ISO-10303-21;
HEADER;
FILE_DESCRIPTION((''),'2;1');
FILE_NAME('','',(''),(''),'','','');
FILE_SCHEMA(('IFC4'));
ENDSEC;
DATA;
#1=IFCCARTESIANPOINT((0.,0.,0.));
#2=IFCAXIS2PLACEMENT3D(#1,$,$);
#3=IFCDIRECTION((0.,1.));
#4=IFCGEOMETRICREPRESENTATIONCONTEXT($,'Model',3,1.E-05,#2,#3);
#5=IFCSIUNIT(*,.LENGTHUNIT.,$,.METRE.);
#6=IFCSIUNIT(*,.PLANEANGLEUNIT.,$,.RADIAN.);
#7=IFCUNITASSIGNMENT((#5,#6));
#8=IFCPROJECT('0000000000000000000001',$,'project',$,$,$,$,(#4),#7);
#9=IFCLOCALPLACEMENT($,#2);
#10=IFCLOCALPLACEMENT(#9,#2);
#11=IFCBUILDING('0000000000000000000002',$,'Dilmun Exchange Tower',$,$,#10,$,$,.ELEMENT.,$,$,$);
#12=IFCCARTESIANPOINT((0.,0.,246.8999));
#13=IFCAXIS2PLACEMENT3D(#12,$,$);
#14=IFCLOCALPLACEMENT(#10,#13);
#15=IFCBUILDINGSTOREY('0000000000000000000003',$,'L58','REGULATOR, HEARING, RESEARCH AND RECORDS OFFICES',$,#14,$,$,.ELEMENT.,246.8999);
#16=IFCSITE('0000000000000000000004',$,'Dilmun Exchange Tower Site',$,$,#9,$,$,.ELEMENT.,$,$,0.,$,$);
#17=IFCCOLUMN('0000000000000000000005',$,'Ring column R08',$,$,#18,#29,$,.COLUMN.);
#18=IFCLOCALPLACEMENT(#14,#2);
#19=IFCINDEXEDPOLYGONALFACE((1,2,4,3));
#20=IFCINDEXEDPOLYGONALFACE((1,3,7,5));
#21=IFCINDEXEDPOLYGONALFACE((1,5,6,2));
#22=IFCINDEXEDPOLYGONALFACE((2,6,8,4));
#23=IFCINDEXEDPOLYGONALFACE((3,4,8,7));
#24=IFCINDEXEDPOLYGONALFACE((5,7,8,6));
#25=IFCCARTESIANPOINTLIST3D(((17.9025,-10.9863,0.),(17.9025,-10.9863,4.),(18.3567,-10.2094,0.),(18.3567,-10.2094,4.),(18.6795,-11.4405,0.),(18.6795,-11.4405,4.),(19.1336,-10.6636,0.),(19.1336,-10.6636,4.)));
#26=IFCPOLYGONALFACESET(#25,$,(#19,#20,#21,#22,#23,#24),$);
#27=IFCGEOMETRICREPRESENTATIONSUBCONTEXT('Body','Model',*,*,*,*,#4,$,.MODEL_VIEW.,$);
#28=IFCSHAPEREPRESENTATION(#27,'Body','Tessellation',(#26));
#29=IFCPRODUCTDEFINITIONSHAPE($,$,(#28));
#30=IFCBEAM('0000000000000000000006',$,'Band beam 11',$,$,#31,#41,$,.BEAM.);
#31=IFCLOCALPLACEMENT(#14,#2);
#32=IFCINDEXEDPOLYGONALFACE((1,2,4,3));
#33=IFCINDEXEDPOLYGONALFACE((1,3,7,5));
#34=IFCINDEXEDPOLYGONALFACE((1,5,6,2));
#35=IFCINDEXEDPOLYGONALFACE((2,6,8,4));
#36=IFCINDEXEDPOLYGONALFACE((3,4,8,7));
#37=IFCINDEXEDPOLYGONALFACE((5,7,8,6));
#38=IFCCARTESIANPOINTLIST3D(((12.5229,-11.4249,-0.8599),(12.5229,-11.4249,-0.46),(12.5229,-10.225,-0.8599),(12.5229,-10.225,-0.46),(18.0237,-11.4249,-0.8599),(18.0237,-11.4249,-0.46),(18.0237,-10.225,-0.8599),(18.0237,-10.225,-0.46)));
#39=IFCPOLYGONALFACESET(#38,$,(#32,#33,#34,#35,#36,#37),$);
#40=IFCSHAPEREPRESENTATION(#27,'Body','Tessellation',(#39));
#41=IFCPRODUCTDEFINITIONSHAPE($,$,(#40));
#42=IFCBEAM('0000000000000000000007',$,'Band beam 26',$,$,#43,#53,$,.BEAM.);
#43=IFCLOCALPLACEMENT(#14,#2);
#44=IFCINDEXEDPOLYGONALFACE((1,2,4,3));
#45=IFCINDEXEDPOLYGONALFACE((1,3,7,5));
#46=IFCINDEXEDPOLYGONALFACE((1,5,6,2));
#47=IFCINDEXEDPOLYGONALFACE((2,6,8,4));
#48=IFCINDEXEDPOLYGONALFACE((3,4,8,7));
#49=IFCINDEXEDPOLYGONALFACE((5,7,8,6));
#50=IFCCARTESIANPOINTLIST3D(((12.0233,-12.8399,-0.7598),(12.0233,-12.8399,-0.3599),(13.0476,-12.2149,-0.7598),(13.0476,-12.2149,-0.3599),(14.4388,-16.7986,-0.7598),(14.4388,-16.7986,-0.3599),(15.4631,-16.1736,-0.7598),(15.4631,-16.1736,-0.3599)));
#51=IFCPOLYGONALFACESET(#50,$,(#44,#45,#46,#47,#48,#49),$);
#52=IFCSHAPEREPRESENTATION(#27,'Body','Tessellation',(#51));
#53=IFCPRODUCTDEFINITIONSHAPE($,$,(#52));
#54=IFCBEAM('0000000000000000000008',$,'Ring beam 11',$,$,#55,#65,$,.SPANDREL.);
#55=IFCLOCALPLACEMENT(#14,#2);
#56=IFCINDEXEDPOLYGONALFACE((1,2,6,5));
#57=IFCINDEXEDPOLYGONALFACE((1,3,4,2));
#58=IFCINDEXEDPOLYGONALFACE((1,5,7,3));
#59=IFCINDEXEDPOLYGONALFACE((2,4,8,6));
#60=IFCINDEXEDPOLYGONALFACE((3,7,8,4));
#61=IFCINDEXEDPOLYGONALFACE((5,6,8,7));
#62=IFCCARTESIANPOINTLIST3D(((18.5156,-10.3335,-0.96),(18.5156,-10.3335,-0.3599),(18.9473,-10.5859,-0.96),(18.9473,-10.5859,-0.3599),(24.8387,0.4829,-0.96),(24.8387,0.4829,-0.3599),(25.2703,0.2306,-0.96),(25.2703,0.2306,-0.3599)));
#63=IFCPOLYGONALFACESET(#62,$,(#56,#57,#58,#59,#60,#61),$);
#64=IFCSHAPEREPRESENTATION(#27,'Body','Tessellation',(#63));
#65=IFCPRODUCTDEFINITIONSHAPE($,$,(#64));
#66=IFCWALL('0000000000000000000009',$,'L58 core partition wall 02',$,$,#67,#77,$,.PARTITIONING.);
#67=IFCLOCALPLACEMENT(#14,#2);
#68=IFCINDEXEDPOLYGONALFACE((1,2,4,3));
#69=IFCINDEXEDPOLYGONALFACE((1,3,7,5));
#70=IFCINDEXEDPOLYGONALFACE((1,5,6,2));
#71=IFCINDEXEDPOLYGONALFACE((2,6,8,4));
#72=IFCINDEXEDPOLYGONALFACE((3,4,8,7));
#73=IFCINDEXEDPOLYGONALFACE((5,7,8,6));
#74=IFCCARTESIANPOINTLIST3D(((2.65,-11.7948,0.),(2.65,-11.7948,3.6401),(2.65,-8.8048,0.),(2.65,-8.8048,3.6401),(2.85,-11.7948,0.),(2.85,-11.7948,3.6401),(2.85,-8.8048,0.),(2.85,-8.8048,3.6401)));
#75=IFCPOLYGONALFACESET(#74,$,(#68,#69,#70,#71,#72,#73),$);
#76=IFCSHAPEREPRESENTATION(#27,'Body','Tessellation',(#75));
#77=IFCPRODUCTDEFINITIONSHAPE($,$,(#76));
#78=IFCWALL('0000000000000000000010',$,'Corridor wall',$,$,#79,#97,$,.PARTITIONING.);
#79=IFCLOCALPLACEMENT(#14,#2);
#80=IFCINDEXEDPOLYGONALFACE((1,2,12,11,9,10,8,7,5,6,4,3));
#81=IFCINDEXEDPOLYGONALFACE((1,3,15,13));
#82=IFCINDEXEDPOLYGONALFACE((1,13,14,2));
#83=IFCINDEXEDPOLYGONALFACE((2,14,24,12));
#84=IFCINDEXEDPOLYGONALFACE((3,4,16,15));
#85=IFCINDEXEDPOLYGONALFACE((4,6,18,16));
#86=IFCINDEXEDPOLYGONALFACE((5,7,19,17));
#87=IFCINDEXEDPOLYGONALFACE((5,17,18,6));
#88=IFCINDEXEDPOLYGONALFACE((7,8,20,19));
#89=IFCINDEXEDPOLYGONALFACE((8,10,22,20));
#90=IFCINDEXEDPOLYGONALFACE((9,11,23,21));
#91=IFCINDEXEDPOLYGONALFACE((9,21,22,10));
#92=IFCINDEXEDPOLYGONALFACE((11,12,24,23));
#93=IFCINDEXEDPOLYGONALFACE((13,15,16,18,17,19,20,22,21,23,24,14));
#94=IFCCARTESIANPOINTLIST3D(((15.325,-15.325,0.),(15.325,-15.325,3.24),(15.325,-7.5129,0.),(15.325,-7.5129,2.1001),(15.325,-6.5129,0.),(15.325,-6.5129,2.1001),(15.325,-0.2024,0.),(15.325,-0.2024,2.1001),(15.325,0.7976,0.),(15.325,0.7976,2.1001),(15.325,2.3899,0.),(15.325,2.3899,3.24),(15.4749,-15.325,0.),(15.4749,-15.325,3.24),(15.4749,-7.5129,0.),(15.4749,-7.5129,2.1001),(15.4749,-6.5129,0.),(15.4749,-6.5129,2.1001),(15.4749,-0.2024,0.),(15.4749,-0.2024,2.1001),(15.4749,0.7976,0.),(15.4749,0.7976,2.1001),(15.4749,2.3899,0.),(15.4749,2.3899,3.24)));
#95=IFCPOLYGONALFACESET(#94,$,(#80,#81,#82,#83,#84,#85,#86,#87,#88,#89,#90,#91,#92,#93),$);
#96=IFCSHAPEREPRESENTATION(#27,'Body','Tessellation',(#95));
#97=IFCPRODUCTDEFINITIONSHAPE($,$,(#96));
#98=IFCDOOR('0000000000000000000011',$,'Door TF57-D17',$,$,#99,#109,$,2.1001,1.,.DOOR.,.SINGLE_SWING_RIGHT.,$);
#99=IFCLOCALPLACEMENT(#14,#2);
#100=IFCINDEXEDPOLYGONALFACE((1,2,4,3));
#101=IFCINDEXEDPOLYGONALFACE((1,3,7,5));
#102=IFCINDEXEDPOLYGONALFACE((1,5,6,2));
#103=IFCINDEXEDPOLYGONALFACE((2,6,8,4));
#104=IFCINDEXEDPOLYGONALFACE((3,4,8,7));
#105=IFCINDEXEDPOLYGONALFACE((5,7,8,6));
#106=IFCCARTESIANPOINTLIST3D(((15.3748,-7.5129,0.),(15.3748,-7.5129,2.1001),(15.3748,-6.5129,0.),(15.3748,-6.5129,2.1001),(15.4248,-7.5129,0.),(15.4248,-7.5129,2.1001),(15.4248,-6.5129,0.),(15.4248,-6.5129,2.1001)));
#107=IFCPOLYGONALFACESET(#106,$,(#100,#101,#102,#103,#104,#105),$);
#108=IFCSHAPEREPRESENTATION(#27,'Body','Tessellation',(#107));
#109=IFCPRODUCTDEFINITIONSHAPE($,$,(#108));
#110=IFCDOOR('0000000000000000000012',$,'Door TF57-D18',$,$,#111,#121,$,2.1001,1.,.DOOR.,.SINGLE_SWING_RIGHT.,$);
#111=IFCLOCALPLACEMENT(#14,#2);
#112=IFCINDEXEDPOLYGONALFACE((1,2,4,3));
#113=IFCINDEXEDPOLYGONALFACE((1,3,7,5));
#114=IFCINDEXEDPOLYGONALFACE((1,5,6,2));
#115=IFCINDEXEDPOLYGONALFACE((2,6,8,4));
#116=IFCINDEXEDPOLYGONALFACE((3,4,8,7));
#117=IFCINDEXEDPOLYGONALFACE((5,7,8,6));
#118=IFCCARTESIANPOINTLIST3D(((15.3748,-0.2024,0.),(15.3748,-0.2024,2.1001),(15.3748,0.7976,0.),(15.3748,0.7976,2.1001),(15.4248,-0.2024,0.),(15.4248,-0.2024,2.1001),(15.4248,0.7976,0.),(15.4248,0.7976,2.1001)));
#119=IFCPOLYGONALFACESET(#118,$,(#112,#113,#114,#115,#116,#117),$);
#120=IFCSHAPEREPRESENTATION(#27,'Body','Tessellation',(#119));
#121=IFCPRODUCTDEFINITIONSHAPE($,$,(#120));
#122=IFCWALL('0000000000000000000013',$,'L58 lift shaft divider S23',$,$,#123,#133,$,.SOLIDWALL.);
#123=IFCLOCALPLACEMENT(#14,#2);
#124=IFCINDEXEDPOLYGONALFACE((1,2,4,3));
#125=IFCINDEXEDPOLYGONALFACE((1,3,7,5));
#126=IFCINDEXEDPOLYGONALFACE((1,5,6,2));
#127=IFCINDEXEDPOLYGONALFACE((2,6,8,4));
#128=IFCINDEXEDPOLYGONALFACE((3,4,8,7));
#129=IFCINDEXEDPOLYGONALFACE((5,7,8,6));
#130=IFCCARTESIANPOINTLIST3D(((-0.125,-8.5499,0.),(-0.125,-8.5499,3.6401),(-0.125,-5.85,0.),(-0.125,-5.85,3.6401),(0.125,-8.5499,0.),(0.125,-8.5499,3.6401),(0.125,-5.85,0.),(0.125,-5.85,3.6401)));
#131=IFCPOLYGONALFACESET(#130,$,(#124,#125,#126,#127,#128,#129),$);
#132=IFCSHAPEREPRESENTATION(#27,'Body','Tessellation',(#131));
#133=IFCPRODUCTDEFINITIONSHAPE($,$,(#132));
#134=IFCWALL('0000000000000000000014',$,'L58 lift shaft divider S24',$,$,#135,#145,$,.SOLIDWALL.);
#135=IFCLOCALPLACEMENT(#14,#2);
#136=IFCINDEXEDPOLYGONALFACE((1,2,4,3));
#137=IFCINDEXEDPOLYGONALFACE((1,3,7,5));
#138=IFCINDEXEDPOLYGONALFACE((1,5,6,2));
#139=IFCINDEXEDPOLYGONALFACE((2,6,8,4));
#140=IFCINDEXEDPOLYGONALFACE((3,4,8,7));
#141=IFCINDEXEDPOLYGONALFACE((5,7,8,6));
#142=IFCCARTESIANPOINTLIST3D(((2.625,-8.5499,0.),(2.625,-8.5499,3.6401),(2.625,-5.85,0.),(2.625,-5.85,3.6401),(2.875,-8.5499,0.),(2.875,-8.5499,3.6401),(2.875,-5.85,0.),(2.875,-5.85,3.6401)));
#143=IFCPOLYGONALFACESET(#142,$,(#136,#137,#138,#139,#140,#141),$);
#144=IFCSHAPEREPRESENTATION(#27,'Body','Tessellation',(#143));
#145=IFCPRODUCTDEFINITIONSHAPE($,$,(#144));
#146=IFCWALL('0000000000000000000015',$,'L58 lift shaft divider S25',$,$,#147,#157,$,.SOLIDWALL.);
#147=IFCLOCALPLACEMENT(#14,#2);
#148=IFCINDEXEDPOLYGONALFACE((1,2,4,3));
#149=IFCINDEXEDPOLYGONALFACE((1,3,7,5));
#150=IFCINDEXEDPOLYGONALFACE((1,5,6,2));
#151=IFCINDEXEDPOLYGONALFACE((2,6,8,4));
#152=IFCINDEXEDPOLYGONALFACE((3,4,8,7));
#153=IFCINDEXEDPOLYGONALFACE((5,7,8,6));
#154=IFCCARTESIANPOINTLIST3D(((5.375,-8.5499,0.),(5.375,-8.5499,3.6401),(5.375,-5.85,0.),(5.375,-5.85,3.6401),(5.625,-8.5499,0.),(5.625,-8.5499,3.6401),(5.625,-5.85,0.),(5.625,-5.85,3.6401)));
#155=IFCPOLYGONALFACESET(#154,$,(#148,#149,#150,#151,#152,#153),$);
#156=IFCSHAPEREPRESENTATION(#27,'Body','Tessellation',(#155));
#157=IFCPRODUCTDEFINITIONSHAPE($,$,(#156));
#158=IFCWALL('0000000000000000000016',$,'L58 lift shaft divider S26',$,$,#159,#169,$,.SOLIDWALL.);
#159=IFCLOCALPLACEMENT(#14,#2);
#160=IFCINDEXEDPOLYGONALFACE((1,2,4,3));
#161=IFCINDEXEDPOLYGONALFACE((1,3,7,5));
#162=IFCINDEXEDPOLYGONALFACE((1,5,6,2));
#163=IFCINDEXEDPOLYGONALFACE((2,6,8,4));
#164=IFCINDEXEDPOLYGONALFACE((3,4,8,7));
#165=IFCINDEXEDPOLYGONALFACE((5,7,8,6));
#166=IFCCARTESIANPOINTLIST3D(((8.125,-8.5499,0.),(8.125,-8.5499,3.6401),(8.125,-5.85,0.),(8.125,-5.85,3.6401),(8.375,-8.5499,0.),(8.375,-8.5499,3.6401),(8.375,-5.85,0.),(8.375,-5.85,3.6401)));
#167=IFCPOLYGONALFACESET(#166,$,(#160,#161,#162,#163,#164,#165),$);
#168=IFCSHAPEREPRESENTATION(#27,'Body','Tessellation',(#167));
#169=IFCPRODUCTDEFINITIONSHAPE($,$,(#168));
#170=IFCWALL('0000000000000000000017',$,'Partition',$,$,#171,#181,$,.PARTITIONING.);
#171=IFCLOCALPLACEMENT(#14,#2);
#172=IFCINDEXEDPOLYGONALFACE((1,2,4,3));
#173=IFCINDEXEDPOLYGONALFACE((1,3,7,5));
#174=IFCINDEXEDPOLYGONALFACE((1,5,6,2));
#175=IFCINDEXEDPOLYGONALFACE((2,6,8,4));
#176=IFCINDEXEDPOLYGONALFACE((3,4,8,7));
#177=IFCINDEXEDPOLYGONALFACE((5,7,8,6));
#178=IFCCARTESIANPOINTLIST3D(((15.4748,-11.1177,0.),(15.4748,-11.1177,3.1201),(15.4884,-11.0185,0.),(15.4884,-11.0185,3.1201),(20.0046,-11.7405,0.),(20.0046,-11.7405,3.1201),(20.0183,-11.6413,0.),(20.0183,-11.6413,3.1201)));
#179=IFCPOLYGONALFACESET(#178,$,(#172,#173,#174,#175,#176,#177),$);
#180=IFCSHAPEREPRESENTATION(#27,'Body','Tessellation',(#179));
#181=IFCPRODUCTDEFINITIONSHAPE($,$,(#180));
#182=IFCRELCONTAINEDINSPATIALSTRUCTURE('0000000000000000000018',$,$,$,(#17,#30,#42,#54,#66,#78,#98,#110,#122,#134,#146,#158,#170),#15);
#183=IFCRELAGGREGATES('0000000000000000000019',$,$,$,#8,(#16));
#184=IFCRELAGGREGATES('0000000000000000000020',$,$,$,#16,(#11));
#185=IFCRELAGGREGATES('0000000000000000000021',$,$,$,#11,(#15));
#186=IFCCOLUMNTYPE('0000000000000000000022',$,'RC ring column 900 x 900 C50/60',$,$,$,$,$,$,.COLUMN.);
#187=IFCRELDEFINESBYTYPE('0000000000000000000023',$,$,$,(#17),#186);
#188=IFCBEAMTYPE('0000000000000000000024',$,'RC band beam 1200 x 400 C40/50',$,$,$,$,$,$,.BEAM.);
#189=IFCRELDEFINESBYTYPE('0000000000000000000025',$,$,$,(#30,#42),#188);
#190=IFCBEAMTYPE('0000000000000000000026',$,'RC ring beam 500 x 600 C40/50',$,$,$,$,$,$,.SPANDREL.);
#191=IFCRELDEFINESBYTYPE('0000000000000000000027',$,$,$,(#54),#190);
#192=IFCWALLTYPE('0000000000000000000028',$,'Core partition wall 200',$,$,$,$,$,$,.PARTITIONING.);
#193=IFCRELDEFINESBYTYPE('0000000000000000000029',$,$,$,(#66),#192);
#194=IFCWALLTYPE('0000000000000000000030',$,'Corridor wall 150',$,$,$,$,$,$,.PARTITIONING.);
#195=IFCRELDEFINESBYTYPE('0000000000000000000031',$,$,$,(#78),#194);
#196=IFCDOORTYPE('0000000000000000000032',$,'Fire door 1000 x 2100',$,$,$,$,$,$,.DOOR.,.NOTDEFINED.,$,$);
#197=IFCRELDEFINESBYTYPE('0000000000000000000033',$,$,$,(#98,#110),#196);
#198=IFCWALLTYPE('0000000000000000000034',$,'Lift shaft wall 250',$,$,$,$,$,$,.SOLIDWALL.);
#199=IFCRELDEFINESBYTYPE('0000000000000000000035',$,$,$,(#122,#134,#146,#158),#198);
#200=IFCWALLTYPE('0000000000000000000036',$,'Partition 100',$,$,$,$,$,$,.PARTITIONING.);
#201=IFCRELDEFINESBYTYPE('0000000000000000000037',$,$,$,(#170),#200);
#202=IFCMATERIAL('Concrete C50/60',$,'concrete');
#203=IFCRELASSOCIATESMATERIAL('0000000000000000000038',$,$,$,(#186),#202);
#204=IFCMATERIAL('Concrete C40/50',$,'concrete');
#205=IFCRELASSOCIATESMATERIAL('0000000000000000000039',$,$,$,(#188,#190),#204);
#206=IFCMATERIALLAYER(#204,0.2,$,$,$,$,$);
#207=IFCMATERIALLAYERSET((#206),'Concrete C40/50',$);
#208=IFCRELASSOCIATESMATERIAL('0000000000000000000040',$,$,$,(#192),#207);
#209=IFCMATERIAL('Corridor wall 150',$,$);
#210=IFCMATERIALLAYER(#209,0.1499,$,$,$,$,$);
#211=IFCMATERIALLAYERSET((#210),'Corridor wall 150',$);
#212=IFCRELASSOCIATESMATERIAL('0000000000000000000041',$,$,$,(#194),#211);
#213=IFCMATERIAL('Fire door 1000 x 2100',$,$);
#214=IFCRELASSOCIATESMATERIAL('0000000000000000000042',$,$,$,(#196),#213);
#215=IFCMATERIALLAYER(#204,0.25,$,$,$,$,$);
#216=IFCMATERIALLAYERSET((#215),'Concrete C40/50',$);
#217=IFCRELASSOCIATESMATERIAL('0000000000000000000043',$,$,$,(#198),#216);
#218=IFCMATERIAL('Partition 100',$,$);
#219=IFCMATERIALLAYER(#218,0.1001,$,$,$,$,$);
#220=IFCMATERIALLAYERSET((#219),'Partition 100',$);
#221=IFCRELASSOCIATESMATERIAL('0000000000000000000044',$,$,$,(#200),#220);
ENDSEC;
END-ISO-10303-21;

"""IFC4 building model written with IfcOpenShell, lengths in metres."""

from ifc_helpers import new_model, si_unit, direction, frame, frame_2d, origin, origin_2d, place, context, subcontext, project, spatial, rectangle, extrude, material, layer, layer_set, material_profile, profile_set, type_object, element, fill, save


model = new_model("IFC4")

# Units and contexts
model_context = context("Model", 3, precision=1e-05, world=origin(), true_north=direction((0.0, 1.0)))
body_context = subcontext(model_context, "Body", "Model", "MODEL_VIEW")
ifc_project = project(units=[si_unit("LENGTHUNIT", "METRE"), si_unit("PLANEANGLEUNIT", "RADIAN")], contexts=[model_context])

# Site, building, storey
site_placement = place(None, origin())
site = spatial("IfcSite", under=ifc_project, at=site_placement, Name="Dilmun Exchange Tower Site", CompositionType="ELEMENT", RefElevation=0.0)
building_placement = place(site_placement, origin())
building = spatial("IfcBuilding", under=site, at=building_placement, Name="Dilmun Exchange Tower", CompositionType="ELEMENT")
storey_placement = place(building_placement, frame((0.0, 0.0, 246.8999)))
storey = spatial("IfcBuildingStorey", under=building, at=storey_placement, Name="L58", Description="REGULATOR, HEARING, RESEARCH AND RECORDS OFFICES", CompositionType="ELEMENT", Elevation=246.8999)

# Column
ifc_material_1 = material(Name="Concrete C50/60", Category="concrete")
ifc_material_profile_1 = material_profile(ifc_material_1, rectangle(XDim=0.8999, YDim=0.8999, at=origin_2d()), Name="900 x 900")
ifc_profile_set_1 = profile_set([ifc_material_profile_1], Name="Concrete C50/60")
column_type = type_object("IfcColumnType", Name="RC ring column 900 x 900 C50/60", PredefinedType="COLUMN", material=ifc_profile_set_1)
column_placement = place(storey_placement, frame((18.5181, -10.825, 0.0), z_axis=(0.0, 0.0, 1.0), x_axis=(0.504644, 0.863328, 0.0)))
element("IfcColumn", 1, at=column_placement, inside=storey, type_object=column_type, Name="Ring column R08", PredefinedType="COLUMN", context=body_context, shape_type="SweptSolid", body=[
    extrude(rectangle(XDim=0.8999, YDim=0.8999, at=origin_2d()), origin(), (0.0, 0.0, 1.0), 4.0),
])

# Beams
ifc_material_2 = material(Name="Concrete C40/50", Category="concrete")
ifc_material_profile_2 = material_profile(ifc_material_2, rectangle(XDim=1.2, YDim=0.3999, at=origin_2d()), Name="1200 x 400")
ifc_profile_set_2 = profile_set([ifc_material_profile_2], Name="Concrete C40/50")
beam_type_1 = type_object("IfcBeamType", Name="RC band beam 1200 x 400 C40/50", PredefinedType="BEAM", material=ifc_profile_set_2)
beam_1_placement = place(storey_placement, frame((18.0237, -10.825, -0.6599), z_axis=(-1.0, 0.0, 0.0), x_axis=(0.0, -1.0, 0.0)))
element("IfcBeam", 2, at=beam_1_placement, inside=storey, type_object=beam_type_1, Name="Band beam 11", PredefinedType="BEAM", context=body_context, shape_type="SweptSolid", body=[
    extrude(rectangle(XDim=1.2, YDim=0.3999, at=origin_2d()), origin(), (0.0, 0.0, 1.0), 5.5007),
])
beam_2_placement = place(storey_placement, frame((14.9509, -16.4861, -0.5598), z_axis=(-0.520869, 0.853637, 0.0), x_axis=(-0.853637, -0.520869, 0.0)))
element("IfcBeam", 3, at=beam_2_placement, inside=storey, type_object=beam_type_1, Name="Band beam 26", PredefinedType="BEAM", context=body_context, shape_type="SweptSolid", body=[
    extrude(rectangle(XDim=1.2, YDim=0.3999, at=origin_2d()), origin(), (0.0, 0.0, 1.0), 4.6375),
])
ifc_material_profile_3 = material_profile(ifc_material_2, rectangle(XDim=0.5, YDim=0.6001, at=origin_2d()), Name="500 x 600")
ifc_profile_set_3 = profile_set([ifc_material_profile_3], Name="Concrete C40/50")
beam_type_2 = type_object("IfcBeamType", Name="RC ring beam 500 x 600 C40/50", PredefinedType="SPANDREL", material=ifc_profile_set_3)
beam_3_placement = place(storey_placement, frame((18.7314, -10.4597, -0.6599), z_axis=(0.50467, 0.863312, 0.0), x_axis=(-0.863312, 0.50467, 0.0)))
element("IfcBeam", 4, at=beam_3_placement, inside=storey, type_object=beam_type_2, Name="Ring beam 11", PredefinedType="SPANDREL", context=body_context, shape_type="SweptSolid", body=[
    extrude(rectangle(XDim=0.5, YDim=0.6001, at=origin_2d()), origin(), (0.0, 0.0, 1.0), 12.5291),
])

# Wall
ifc_layer_1 = layer(ifc_material_2, 0.2)
ifc_layer_set_1 = layer_set([ifc_layer_1], Name="Concrete C40/50")
wall_type_1 = type_object("IfcWallType", Name="Core partition wall 200", PredefinedType="PARTITIONING", material=ifc_layer_set_1)
wall_1_placement = place(storey_placement, frame((2.75, -11.7949, 0.0), z_axis=(0.0, 0.0, 1.0), x_axis=(0.0, 1.0, 0.0)))
element("IfcWall", 5, at=wall_1_placement, inside=storey, type_object=wall_type_1, Name="L58 core partition wall 02", PredefinedType="PARTITIONING", context=body_context, shape_type="SweptSolid", body=[
    extrude(rectangle(XDim=2.99, YDim=0.2, at=frame_2d((1.4951, 0.0))), origin(), (0.0, 0.0, 1.0), 3.6401),
])

# Wall, openings, doors
ifc_material_3 = material(Name="Corridor wall 150")
ifc_layer_2 = layer(ifc_material_3, 0.1499)
ifc_layer_set_2 = layer_set([ifc_layer_2], Name="Corridor wall 150")
wall_type_2 = type_object("IfcWallType", Name="Corridor wall 150", PredefinedType="PARTITIONING", material=ifc_layer_set_2)
wall_2_placement = place(storey_placement, frame((15.3999, -15.325, 0.0), z_axis=(0.0, 0.0, 1.0), x_axis=(0.0, 1.0, 0.0)))
wall_2 = element("IfcWall", 6, at=wall_2_placement, inside=storey, type_object=wall_type_2, Name="Corridor wall", PredefinedType="PARTITIONING", context=body_context, shape_type="SweptSolid", body=[
    extrude(rectangle(XDim=17.7148, YDim=0.1499, at=frame_2d((8.8574, 0.0))), origin(), (0.0, 0.0, 1.0), 3.24),
])
opening_1_placement = place(wall_2_placement, frame((7.812, 0.0, 0.0)))
opening_1 = element("IfcOpeningElement", 7, at=opening_1_placement, cuts=wall_2, PredefinedType="OPENING", context=body_context, shape_type="SweptSolid", body=[
    extrude(rectangle(XDim=1.0, YDim=2.1001, at=frame_2d((0.5, 1.05))), frame((0.0, 0.085, 0.0), z_axis=(0.0, -1.0, 0.0), x_axis=(1.0, 0.0, 0.0)), (0.0, 0.0, 1.0), 0.1699),
])
opening_2_placement = place(wall_2_placement, frame((15.1226, 0.0, 0.0)))
opening_2 = element("IfcOpeningElement", 8, at=opening_2_placement, cuts=wall_2, PredefinedType="OPENING", context=body_context, shape_type="SweptSolid", body=[
    extrude(rectangle(XDim=1.0, YDim=2.1001, at=frame_2d((0.5, 1.05))), frame((0.0, 0.085, 0.0), z_axis=(0.0, -1.0, 0.0), x_axis=(1.0, 0.0, 0.0)), (0.0, 0.0, 1.0), 0.1699),
])
ifc_material_4 = material(Name="Fire door 1000 x 2100")
door_type_1 = type_object("IfcDoorType", Name="Fire door 1000 x 2100", OperationType="NOTDEFINED", PredefinedType="DOOR", material=ifc_material_4)
door_1_placement = place(opening_1_placement, frame((1.0, 0.0, 0.0), z_axis=(0.0, 0.0, 1.0), x_axis=(-1.0, 0.0, 0.0)))
door_1 = element("IfcDoor", 9, at=door_1_placement, inside=storey, type_object=door_type_1, Name="Door TF57-D17", OperationType="SINGLE_SWING_RIGHT", OverallHeight=2.1001, OverallWidth=1.0, PredefinedType="DOOR", context=body_context, shape_type="SweptSolid", body=[
    extrude(rectangle(XDim=1.0, YDim=2.1001, at=frame_2d((0.5, 1.05))), frame((0.0, 0.0249, 0.0), z_axis=(0.0, -1.0, 0.0), x_axis=(1.0, 0.0, 0.0)), (0.0, 0.0, 1.0), 0.05),
])
fill(opening_1, door_1)
door_2_placement = place(opening_2_placement, frame((1.0, 0.0, 0.0), z_axis=(0.0, 0.0, 1.0), x_axis=(-1.0, 0.0, 0.0)))
door_2 = element("IfcDoor", 10, at=door_2_placement, inside=storey, type_object=door_type_1, Name="Door TF57-D18", OperationType="SINGLE_SWING_RIGHT", OverallHeight=2.1001, OverallWidth=1.0, PredefinedType="DOOR", context=body_context, shape_type="SweptSolid", body=[
    extrude(rectangle(XDim=1.0, YDim=2.1001, at=frame_2d((0.5, 1.05))), frame((0.0, 0.0249, 0.0), z_axis=(0.0, -1.0, 0.0), x_axis=(1.0, 0.0, 0.0)), (0.0, 0.0, 1.0), 0.05),
])
fill(opening_2, door_2)

# Walls
ifc_layer_3 = layer(ifc_material_2, 0.25)
ifc_layer_set_3 = layer_set([ifc_layer_3], Name="Concrete C40/50")
wall_type_3 = type_object("IfcWallType", Name="Lift shaft wall 250", PredefinedType="SOLIDWALL", material=ifc_layer_set_3)
for number, where, z_axis, x_axis, name in (
    (11, (0.0, -8.55, 0.0), (0.0, 0.0, 1.0), (0.0, 1.0, 0.0), "L58 lift shaft divider S23"),
    (12, (2.75, -8.55, 0.0), (0.0, 0.0, 1.0), (0.0, 1.0, 0.0), "L58 lift shaft divider S24"),
    (13, (5.5, -8.55, 0.0), (0.0, 0.0, 1.0), (0.0, 1.0, 0.0), "L58 lift shaft divider S25"),
    (14, (8.25, -8.55, 0.0), (0.0, 0.0, 1.0), (0.0, 1.0, 0.0), "L58 lift shaft divider S26"),
):
    element("IfcWall", number, at=place(storey_placement, frame(where, z_axis=z_axis, x_axis=x_axis)), inside=storey, type_object=wall_type_3, Name=name, PredefinedType="SOLIDWALL", context=body_context, shape_type="SweptSolid", body=[
        extrude(rectangle(XDim=2.7, YDim=0.25, at=frame_2d((1.3501, 0.0))), origin(), (0.0, 0.0, 1.0), 3.6401),
    ])
ifc_material_5 = material(Name="Partition 100")
ifc_layer_4 = layer(ifc_material_5, 0.1001)
ifc_layer_set_4 = layer_set([ifc_layer_4], Name="Partition 100")
wall_type_4 = type_object("IfcWallType", Name="Partition 100", PredefinedType="PARTITIONING", material=ifc_layer_set_4)
wall_3_placement = place(storey_placement, frame((15.4817, -11.0681, 0.0), z_axis=(0.0, 0.0, 1.0), x_axis=(0.99068, -0.136209, 0.0)))
element("IfcWall", 15, at=wall_3_placement, inside=storey, type_object=wall_type_4, Name="Partition", PredefinedType="PARTITIONING", context=body_context, shape_type="SweptSolid", body=[
    extrude(rectangle(XDim=4.5725, YDim=0.1001, at=frame_2d((2.2861, 0.0))), origin(), (0.0, 0.0, 1.0), 3.1201),
])

save(model, "model.ifc")
